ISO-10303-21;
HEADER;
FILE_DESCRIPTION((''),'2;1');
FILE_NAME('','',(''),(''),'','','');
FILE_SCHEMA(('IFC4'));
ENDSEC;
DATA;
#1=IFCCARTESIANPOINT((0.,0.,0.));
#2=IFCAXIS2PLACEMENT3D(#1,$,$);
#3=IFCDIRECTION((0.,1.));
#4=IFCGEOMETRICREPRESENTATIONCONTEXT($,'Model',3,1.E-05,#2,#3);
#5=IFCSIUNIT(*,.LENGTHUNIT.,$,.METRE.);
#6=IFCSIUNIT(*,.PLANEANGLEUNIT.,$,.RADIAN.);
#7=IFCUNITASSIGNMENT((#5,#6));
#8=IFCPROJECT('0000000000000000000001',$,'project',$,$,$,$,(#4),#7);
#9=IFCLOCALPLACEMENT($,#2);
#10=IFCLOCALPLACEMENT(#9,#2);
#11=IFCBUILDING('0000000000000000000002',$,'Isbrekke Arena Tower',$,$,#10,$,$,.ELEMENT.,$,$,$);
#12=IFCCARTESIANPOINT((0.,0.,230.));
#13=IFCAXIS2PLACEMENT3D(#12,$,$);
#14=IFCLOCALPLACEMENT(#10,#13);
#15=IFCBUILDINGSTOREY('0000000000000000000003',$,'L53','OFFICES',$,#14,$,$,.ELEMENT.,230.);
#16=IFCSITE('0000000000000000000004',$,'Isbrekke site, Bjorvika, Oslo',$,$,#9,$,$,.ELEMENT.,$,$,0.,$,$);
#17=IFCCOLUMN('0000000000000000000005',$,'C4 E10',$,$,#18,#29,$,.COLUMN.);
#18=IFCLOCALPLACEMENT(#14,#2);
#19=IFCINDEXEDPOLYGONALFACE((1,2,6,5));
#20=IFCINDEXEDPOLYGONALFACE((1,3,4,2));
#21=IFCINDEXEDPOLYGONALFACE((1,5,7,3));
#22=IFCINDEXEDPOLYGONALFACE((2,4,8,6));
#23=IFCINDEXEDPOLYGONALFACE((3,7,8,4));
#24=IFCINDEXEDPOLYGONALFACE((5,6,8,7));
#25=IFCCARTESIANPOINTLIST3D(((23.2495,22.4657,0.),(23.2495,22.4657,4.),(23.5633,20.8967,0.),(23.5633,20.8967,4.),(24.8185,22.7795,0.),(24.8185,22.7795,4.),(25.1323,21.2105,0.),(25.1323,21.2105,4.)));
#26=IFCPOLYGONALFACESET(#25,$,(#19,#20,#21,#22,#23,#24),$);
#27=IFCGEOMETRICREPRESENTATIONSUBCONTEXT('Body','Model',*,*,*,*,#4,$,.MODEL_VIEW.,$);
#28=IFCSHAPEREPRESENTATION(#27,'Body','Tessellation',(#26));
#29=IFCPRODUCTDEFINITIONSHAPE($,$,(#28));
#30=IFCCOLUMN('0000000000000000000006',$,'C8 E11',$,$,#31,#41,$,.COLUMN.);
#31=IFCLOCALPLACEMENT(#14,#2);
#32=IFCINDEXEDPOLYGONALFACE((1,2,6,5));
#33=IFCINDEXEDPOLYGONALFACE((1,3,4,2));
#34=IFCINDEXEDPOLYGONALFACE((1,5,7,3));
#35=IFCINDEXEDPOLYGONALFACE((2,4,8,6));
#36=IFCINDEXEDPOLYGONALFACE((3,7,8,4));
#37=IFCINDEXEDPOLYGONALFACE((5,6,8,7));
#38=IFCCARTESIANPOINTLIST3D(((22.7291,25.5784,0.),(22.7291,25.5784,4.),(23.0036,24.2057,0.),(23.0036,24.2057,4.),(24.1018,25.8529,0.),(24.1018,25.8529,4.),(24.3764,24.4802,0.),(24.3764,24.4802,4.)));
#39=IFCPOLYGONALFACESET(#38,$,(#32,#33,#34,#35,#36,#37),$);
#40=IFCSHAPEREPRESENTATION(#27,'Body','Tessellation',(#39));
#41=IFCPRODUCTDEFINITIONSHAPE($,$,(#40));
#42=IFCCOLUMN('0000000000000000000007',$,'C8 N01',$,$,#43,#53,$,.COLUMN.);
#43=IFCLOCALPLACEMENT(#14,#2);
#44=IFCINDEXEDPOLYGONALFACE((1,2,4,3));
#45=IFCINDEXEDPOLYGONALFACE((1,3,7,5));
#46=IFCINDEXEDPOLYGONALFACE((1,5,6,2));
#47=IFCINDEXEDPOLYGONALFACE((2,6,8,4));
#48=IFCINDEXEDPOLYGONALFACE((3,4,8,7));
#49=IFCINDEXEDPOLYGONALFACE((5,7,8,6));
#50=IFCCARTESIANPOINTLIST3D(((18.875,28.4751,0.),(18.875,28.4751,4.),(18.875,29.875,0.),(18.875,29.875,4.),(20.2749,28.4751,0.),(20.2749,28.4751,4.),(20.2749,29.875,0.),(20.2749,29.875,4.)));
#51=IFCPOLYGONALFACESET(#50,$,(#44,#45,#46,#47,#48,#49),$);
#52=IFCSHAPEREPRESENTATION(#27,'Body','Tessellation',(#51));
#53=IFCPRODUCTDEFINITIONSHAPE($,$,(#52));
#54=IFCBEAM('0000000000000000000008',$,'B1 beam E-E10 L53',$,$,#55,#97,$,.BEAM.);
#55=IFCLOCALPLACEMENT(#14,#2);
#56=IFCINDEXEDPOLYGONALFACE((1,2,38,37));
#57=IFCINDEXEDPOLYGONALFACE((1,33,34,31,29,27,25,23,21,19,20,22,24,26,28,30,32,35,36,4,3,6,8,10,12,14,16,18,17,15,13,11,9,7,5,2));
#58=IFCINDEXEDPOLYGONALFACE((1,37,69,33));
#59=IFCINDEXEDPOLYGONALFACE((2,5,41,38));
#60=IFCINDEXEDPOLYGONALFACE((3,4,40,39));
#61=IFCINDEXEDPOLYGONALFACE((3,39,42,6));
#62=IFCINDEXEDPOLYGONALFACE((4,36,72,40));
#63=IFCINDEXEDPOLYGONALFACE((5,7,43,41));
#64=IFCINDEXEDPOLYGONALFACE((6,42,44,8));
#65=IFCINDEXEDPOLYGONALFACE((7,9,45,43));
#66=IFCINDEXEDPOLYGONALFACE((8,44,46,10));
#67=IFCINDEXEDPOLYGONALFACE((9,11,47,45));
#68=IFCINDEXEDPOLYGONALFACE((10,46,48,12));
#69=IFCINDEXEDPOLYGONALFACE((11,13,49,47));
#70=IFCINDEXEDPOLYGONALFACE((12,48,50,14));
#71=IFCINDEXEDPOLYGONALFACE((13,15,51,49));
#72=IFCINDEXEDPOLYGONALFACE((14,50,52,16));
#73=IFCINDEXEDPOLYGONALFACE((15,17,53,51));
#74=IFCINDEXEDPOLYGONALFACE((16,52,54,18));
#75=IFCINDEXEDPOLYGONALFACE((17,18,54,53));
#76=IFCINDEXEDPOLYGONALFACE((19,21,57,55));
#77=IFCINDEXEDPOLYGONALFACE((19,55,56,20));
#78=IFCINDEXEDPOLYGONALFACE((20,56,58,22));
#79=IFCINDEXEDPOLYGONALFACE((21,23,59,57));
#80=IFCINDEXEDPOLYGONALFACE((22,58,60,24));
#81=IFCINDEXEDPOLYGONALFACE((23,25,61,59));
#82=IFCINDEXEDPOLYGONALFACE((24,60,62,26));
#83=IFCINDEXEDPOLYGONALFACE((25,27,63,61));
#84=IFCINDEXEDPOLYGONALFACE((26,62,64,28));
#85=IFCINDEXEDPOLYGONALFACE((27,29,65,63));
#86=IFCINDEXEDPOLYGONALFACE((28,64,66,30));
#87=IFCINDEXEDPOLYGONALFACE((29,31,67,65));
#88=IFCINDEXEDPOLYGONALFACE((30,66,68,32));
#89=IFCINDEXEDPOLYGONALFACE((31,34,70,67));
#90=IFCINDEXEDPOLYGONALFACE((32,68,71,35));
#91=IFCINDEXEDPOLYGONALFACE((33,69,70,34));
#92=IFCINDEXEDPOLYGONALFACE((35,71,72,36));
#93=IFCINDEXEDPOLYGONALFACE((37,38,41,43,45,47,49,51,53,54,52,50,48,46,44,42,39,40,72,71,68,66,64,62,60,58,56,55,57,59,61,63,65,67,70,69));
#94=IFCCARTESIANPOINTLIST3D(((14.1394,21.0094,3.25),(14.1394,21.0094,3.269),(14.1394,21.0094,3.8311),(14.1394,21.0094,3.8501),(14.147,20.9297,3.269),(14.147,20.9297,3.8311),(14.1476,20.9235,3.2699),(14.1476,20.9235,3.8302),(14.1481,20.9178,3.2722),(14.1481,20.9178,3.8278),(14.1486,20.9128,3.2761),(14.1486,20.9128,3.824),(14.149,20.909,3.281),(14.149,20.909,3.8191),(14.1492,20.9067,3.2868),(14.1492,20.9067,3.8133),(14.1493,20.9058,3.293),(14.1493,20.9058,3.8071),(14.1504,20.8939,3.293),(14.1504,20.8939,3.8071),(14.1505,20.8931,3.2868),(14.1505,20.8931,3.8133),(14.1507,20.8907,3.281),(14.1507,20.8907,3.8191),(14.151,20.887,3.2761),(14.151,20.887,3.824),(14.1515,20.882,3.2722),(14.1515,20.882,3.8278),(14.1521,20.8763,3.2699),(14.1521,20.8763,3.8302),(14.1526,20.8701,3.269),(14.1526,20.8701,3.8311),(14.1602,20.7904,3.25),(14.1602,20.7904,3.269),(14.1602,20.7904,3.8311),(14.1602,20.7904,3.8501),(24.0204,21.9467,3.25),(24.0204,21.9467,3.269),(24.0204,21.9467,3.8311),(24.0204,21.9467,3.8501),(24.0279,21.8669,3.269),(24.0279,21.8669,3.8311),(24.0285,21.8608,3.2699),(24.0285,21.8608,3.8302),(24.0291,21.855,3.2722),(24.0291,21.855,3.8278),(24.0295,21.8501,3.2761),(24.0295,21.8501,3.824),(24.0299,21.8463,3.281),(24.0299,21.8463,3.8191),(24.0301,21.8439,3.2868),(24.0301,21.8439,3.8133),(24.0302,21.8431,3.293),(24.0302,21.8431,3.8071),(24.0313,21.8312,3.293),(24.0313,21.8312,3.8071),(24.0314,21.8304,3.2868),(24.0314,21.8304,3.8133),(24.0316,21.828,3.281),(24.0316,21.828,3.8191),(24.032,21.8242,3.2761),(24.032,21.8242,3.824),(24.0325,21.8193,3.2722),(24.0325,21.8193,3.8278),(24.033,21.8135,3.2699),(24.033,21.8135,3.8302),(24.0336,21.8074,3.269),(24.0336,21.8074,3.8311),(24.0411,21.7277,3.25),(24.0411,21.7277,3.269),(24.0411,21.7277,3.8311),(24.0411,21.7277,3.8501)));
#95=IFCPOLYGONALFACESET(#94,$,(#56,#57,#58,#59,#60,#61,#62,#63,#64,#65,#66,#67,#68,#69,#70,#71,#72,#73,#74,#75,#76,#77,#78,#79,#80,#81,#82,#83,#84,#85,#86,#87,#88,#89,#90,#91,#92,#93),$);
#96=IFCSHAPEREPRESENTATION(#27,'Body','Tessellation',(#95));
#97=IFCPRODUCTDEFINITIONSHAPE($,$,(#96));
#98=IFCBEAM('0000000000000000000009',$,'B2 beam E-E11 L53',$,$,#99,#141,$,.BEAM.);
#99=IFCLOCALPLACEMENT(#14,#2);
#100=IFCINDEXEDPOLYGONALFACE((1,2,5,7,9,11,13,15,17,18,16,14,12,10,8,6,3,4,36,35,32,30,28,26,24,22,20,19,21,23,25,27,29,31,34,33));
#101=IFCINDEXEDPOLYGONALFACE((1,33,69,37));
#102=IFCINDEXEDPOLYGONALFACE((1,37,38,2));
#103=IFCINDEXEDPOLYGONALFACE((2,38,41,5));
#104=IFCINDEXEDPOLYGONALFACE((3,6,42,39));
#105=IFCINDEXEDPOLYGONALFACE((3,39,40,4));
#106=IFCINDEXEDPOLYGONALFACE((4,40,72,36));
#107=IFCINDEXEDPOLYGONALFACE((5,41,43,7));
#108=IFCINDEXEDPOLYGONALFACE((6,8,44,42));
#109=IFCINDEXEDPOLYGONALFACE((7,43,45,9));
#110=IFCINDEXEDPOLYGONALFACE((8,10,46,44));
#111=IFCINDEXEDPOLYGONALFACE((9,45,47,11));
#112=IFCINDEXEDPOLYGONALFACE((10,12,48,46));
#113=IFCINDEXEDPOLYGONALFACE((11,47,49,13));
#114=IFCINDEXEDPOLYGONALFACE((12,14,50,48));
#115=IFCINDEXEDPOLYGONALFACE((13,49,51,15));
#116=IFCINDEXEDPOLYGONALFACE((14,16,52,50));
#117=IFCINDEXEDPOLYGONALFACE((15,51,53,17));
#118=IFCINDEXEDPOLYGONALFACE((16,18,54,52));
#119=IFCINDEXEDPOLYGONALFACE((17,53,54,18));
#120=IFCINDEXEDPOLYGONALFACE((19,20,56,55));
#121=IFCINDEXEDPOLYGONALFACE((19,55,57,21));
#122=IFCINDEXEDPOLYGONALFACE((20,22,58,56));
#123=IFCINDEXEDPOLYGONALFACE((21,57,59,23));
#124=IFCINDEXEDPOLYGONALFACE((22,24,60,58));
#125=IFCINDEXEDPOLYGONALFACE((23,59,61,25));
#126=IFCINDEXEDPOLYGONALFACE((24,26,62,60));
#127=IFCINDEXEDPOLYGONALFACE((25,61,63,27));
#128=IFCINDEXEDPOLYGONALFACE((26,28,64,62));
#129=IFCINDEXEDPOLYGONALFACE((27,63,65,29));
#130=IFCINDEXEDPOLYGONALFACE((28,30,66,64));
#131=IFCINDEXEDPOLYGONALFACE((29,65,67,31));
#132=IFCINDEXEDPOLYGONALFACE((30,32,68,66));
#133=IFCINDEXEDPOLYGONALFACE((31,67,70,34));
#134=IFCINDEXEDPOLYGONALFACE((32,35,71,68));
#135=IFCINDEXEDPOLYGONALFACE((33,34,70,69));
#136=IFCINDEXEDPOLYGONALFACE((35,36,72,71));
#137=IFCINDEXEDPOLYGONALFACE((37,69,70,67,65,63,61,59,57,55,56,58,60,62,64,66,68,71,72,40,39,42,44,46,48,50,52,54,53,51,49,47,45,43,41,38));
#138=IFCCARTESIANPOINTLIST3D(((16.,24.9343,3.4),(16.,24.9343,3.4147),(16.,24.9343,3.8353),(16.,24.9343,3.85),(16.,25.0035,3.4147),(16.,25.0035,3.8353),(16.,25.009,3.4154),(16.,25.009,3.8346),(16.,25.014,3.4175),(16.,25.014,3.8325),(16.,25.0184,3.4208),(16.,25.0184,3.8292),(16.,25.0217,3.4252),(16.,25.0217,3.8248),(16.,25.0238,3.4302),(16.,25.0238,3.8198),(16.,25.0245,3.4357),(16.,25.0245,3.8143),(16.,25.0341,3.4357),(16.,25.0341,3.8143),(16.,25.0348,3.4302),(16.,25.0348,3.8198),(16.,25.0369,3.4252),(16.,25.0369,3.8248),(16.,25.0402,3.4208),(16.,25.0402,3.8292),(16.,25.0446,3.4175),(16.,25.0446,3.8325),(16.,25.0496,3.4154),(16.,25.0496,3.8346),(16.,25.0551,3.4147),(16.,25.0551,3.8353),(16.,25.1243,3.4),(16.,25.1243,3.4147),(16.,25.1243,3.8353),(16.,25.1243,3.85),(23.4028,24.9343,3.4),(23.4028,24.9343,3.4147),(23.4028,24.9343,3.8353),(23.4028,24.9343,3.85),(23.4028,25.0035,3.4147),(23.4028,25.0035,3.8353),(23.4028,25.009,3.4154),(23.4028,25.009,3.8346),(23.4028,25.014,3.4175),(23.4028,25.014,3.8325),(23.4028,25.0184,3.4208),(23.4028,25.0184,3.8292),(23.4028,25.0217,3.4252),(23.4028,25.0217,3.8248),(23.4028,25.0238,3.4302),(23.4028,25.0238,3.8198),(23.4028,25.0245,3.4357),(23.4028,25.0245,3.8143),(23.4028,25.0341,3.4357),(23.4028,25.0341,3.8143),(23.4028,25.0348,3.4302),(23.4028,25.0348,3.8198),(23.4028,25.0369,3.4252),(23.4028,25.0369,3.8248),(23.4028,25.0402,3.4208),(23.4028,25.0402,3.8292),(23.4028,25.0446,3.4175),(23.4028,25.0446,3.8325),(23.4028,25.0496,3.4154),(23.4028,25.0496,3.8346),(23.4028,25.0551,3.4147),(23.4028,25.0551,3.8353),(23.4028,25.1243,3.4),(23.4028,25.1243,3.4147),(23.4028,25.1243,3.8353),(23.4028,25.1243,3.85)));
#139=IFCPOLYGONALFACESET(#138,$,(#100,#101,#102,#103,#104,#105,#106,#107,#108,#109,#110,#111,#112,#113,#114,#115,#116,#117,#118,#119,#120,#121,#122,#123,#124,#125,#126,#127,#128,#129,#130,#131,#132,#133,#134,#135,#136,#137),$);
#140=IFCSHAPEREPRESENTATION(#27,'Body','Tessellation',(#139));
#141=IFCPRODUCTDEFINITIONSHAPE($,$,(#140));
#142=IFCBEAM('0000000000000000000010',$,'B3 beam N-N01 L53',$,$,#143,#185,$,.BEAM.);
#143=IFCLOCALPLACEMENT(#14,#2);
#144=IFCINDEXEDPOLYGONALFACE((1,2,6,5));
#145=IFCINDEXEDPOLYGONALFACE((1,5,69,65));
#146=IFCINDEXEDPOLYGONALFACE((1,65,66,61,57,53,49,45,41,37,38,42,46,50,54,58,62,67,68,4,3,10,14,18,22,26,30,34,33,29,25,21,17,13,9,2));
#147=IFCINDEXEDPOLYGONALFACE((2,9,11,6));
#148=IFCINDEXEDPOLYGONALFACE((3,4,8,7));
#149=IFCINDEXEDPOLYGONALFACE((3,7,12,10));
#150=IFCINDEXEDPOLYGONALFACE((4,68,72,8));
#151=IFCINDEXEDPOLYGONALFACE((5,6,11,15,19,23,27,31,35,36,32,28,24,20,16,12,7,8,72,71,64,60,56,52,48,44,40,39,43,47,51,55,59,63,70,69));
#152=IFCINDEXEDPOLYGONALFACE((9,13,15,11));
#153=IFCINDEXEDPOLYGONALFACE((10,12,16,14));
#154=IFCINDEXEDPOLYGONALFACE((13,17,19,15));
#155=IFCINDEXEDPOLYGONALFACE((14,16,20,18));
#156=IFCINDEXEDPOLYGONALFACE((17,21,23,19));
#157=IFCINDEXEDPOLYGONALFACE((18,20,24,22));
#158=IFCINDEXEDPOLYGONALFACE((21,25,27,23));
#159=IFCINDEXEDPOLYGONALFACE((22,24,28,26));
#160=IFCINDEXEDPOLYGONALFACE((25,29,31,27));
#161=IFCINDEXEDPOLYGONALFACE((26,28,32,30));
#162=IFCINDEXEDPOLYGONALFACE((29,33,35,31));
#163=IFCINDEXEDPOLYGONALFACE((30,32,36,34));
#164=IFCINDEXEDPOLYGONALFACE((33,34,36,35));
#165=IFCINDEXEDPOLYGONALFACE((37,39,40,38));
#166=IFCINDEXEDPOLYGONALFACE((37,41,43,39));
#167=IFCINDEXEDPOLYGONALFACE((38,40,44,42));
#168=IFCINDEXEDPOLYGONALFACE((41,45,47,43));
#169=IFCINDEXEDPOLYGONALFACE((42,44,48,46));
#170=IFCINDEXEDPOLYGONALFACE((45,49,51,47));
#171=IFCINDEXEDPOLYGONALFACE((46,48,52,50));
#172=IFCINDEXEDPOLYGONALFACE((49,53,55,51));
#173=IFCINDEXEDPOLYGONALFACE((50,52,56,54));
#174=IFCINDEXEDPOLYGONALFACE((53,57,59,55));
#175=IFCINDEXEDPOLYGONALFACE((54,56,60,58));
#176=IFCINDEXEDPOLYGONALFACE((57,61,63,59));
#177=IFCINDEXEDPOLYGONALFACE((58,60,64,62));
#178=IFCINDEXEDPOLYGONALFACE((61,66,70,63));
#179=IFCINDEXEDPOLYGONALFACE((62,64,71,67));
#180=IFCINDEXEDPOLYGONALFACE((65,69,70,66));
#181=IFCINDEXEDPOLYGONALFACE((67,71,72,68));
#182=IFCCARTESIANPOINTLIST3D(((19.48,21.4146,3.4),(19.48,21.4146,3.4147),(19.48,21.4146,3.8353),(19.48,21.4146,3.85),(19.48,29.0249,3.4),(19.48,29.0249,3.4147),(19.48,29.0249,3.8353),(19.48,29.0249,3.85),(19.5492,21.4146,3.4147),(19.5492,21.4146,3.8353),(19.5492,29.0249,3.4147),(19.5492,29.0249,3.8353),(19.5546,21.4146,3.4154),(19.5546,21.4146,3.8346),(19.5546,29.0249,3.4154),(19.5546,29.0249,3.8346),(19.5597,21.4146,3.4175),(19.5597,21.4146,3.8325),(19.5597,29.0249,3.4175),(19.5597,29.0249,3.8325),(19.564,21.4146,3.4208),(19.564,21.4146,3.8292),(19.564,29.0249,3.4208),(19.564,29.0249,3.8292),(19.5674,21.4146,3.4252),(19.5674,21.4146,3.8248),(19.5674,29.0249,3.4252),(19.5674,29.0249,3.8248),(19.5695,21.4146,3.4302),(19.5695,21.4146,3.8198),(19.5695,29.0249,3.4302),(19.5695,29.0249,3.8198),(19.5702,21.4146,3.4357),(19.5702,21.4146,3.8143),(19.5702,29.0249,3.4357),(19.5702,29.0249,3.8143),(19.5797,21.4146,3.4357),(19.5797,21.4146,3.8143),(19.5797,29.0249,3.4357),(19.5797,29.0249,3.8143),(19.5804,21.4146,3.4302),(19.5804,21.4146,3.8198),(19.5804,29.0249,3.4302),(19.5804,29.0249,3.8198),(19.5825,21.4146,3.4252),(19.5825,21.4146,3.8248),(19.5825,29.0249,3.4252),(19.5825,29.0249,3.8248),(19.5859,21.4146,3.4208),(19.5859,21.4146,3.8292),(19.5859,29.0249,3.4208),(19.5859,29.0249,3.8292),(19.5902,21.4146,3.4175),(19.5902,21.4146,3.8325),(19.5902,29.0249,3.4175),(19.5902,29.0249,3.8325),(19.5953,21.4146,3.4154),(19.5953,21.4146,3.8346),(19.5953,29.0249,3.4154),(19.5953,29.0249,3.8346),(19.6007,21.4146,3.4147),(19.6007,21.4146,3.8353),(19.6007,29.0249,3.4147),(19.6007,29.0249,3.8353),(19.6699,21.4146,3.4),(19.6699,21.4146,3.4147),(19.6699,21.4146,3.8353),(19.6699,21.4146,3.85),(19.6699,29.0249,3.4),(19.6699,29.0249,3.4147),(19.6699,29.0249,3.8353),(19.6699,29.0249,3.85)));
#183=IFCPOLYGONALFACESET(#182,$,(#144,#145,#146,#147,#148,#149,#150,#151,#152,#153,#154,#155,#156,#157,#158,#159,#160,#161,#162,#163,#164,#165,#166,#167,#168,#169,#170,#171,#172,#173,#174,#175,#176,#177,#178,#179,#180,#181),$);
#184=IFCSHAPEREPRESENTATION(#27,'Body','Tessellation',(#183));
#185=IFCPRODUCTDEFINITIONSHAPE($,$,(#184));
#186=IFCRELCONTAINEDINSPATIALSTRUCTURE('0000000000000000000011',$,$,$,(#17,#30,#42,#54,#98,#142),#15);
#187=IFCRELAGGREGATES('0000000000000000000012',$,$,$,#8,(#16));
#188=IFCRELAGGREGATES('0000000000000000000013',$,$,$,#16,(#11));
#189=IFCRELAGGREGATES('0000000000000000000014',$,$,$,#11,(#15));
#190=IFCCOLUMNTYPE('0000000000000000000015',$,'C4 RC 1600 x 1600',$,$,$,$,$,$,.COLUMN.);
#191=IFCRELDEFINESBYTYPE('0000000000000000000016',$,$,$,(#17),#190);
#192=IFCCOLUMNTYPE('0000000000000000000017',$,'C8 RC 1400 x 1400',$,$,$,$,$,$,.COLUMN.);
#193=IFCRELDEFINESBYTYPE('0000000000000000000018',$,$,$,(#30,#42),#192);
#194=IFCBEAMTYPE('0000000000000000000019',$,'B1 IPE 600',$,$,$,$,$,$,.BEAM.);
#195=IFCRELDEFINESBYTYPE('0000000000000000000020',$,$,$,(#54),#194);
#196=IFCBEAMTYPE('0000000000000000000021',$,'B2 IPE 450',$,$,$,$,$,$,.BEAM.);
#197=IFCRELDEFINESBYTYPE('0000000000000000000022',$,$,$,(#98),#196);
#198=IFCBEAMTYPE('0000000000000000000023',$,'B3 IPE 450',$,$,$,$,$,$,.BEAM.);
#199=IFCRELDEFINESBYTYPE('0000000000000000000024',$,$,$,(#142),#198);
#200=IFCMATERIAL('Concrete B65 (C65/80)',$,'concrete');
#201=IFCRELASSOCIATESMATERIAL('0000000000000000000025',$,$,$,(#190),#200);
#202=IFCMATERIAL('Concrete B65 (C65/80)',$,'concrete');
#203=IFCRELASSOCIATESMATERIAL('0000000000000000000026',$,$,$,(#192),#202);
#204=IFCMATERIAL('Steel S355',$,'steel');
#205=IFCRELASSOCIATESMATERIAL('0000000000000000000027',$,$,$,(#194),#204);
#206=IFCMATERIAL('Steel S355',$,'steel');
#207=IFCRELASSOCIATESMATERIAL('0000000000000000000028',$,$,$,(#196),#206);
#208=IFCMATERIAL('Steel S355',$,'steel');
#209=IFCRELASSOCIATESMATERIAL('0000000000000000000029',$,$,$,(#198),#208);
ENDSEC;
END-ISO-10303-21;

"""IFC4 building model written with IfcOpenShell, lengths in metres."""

from ifc_helpers import new_model, si_unit, direction, frame, origin, origin_2d, place, context, subcontext, project, spatial, rectangle, i_section, extrude, material, material_profile, profile_set, type_object, element, save


model = new_model("IFC4")

# Units and contexts
model_context = context("Model", 3, precision=1e-05, world=origin(), true_north=direction((0.0, 1.0)))
body_context = subcontext(model_context, "Body", "Model", "MODEL_VIEW")
ifc_project = project(units=[si_unit("LENGTHUNIT", "METRE"), si_unit("PLANEANGLEUNIT", "RADIAN")], contexts=[model_context])

# Site, building, storey
site_placement = place(None, origin())
site = spatial("IfcSite", under=ifc_project, at=site_placement, Name="Isbrekke site, Bjorvika, Oslo", CompositionType="ELEMENT", RefElevation=0.0)
building_placement = place(site_placement, origin())
building = spatial("IfcBuilding", under=site, at=building_placement, Name="Isbrekke Arena Tower", CompositionType="ELEMENT")
storey_placement = place(building_placement, frame((0.0, 0.0, 230.0)))
storey = spatial("IfcBuildingStorey", under=building, at=storey_placement, Name="L53", Description="OFFICES", CompositionType="ELEMENT", Elevation=230.0)

# Columns
ifc_material_1 = material(Name="Concrete B65 (C65/80)", Category="concrete")
ifc_material_profile_1 = material_profile(ifc_material_1, rectangle(XDim=1.6001, YDim=1.6001, at=origin_2d()), Name="RC 1600x1600")
ifc_profile_set_1 = profile_set([ifc_material_profile_1], Name="Concrete B65 (C65/80)")
column_type_1 = type_object("IfcColumnType", Name="C4 RC 1600 x 1600", PredefinedType="COLUMN", material=ifc_profile_set_1)
column_placement = place(storey_placement, frame((24.1909, 21.8381, 0.0), z_axis=(0.0, 0.0, 1.0), x_axis=(-0.196116, 0.980581, 0.0)))
element("IfcColumn", 1, at=column_placement, inside=storey, type_object=column_type_1, Name="C4 E10", PredefinedType="COLUMN", context=body_context, shape_type="SweptSolid", body=[
    extrude(rectangle(XDim=1.6001, YDim=1.6001, at=origin_2d()), origin(), (0.0, 0.0, 1.0), 4.0),
])
ifc_material_2 = material(Name="Concrete B65 (C65/80)", Category="concrete")
ifc_material_profile_2 = material_profile(ifc_material_2, rectangle(XDim=1.3999, YDim=1.3999, at=origin_2d()), Name="RC 1400x1400")
ifc_profile_set_2 = profile_set([ifc_material_profile_2], Name="Concrete B65 (C65/80)")
column_type_2 = type_object("IfcColumnType", Name="C8 RC 1400 x 1400", PredefinedType="COLUMN", material=ifc_profile_set_2)
for number, where, z_axis, x_axis, name in (
    (2, (23.5527, 25.0293, 0.0), (0.0, 0.0, 1.0), (-0.196116, 0.980581, 0.0), "C8 E11"),
    (3, (19.575, 29.175, 0.0), (0.0, 0.0, 1.0), (-1.0, 0.0, 0.0), "C8 N01"),
):
    element("IfcColumn", number, at=place(storey_placement, frame(where, z_axis=z_axis, x_axis=x_axis)), inside=storey, type_object=column_type_2, Name=name, PredefinedType="COLUMN", context=body_context, shape_type="SweptSolid", body=[
        extrude(rectangle(XDim=1.3999, YDim=1.3999, at=origin_2d()), origin(), (0.0, 0.0, 1.0), 4.0),
    ])

# Beams
ifc_material_3 = material(Name="Steel S355", Category="steel")
ifc_material_profile_3 = material_profile(ifc_material_3, i_section(OverallWidth=0.22, OverallDepth=0.6001, WebThickness=0.012, FlangeThickness=0.019, FilletRadius=0.0239, at=origin_2d()), Name="IPE 600")
ifc_profile_set_3 = profile_set([ifc_material_profile_3], Name="Steel S355")
beam_type_1 = type_object("IfcBeamType", Name="B1 IPE 600", PredefinedType="BEAM", material=ifc_profile_set_3)
beam_1_placement = place(storey_placement, frame((24.0308, 21.8372, 3.55), z_axis=(-0.995531, -0.094432, 0.0), x_axis=(0.094432, -0.995531, 0.0)))
element("IfcBeam", 4, at=beam_1_placement, inside=storey, type_object=beam_type_1, Name="B1 beam E-E10 L53", PredefinedType="BEAM", context=body_context, shape_type="SweptSolid", body=[
    extrude(i_section(OverallWidth=0.22, OverallDepth=0.6001, WebThickness=0.012, FlangeThickness=0.019, FilletRadius=0.0239, at=origin_2d()), origin(), (0.0, 0.0, 1.0), 9.9253),
])
ifc_material_4 = material(Name="Steel S355", Category="steel")
ifc_material_profile_4 = material_profile(ifc_material_4, i_section(OverallWidth=0.1899, OverallDepth=0.45, WebThickness=0.0095, FlangeThickness=0.0146, FilletRadius=0.021, at=origin_2d()), Name="IPE 450")
ifc_profile_set_4 = profile_set([ifc_material_profile_4], Name="Steel S355")
beam_type_2 = type_object("IfcBeamType", Name="B2 IPE 450", PredefinedType="BEAM", material=ifc_profile_set_4)
beam_2_placement = place(storey_placement, frame((23.4028, 25.0293, 3.625), z_axis=(-1.0, 0.0, 0.0), x_axis=(0.0, -1.0, 0.0)))
element("IfcBeam", 5, at=beam_2_placement, inside=storey, type_object=beam_type_2, Name="B2 beam E-E11 L53", PredefinedType="BEAM", context=body_context, shape_type="SweptSolid", body=[
    extrude(i_section(OverallWidth=0.1899, OverallDepth=0.45, WebThickness=0.0095, FlangeThickness=0.0146, FilletRadius=0.021, at=origin_2d()), origin(), (0.0, 0.0, 1.0), 7.4028),
])
ifc_material_5 = material(Name="Steel S355", Category="steel")
ifc_material_profile_5 = material_profile(ifc_material_5, i_section(OverallWidth=0.1899, OverallDepth=0.45, WebThickness=0.0095, FlangeThickness=0.0146, FilletRadius=0.021, at=origin_2d()), Name="IPE 450")
ifc_profile_set_5 = profile_set([ifc_material_profile_5], Name="Steel S355")
beam_type_3 = type_object("IfcBeamType", Name="B3 IPE 450", PredefinedType="BEAM", material=ifc_profile_set_5)
beam_3_placement = place(storey_placement, frame((19.575, 29.0249, 3.625), z_axis=(0.0, -1.0, 0.0), x_axis=(1.0, 0.0, 0.0)))
element("IfcBeam", 6, at=beam_3_placement, inside=storey, type_object=beam_type_3, Name="B3 beam N-N01 L53", PredefinedType="BEAM", context=body_context, shape_type="SweptSolid", body=[
    extrude(i_section(OverallWidth=0.1899, OverallDepth=0.45, WebThickness=0.0095, FlangeThickness=0.0146, FilletRadius=0.021, at=origin_2d()), origin(), (0.0, 0.0, 1.0), 7.6104),
])

save(model, "model.ifc")
